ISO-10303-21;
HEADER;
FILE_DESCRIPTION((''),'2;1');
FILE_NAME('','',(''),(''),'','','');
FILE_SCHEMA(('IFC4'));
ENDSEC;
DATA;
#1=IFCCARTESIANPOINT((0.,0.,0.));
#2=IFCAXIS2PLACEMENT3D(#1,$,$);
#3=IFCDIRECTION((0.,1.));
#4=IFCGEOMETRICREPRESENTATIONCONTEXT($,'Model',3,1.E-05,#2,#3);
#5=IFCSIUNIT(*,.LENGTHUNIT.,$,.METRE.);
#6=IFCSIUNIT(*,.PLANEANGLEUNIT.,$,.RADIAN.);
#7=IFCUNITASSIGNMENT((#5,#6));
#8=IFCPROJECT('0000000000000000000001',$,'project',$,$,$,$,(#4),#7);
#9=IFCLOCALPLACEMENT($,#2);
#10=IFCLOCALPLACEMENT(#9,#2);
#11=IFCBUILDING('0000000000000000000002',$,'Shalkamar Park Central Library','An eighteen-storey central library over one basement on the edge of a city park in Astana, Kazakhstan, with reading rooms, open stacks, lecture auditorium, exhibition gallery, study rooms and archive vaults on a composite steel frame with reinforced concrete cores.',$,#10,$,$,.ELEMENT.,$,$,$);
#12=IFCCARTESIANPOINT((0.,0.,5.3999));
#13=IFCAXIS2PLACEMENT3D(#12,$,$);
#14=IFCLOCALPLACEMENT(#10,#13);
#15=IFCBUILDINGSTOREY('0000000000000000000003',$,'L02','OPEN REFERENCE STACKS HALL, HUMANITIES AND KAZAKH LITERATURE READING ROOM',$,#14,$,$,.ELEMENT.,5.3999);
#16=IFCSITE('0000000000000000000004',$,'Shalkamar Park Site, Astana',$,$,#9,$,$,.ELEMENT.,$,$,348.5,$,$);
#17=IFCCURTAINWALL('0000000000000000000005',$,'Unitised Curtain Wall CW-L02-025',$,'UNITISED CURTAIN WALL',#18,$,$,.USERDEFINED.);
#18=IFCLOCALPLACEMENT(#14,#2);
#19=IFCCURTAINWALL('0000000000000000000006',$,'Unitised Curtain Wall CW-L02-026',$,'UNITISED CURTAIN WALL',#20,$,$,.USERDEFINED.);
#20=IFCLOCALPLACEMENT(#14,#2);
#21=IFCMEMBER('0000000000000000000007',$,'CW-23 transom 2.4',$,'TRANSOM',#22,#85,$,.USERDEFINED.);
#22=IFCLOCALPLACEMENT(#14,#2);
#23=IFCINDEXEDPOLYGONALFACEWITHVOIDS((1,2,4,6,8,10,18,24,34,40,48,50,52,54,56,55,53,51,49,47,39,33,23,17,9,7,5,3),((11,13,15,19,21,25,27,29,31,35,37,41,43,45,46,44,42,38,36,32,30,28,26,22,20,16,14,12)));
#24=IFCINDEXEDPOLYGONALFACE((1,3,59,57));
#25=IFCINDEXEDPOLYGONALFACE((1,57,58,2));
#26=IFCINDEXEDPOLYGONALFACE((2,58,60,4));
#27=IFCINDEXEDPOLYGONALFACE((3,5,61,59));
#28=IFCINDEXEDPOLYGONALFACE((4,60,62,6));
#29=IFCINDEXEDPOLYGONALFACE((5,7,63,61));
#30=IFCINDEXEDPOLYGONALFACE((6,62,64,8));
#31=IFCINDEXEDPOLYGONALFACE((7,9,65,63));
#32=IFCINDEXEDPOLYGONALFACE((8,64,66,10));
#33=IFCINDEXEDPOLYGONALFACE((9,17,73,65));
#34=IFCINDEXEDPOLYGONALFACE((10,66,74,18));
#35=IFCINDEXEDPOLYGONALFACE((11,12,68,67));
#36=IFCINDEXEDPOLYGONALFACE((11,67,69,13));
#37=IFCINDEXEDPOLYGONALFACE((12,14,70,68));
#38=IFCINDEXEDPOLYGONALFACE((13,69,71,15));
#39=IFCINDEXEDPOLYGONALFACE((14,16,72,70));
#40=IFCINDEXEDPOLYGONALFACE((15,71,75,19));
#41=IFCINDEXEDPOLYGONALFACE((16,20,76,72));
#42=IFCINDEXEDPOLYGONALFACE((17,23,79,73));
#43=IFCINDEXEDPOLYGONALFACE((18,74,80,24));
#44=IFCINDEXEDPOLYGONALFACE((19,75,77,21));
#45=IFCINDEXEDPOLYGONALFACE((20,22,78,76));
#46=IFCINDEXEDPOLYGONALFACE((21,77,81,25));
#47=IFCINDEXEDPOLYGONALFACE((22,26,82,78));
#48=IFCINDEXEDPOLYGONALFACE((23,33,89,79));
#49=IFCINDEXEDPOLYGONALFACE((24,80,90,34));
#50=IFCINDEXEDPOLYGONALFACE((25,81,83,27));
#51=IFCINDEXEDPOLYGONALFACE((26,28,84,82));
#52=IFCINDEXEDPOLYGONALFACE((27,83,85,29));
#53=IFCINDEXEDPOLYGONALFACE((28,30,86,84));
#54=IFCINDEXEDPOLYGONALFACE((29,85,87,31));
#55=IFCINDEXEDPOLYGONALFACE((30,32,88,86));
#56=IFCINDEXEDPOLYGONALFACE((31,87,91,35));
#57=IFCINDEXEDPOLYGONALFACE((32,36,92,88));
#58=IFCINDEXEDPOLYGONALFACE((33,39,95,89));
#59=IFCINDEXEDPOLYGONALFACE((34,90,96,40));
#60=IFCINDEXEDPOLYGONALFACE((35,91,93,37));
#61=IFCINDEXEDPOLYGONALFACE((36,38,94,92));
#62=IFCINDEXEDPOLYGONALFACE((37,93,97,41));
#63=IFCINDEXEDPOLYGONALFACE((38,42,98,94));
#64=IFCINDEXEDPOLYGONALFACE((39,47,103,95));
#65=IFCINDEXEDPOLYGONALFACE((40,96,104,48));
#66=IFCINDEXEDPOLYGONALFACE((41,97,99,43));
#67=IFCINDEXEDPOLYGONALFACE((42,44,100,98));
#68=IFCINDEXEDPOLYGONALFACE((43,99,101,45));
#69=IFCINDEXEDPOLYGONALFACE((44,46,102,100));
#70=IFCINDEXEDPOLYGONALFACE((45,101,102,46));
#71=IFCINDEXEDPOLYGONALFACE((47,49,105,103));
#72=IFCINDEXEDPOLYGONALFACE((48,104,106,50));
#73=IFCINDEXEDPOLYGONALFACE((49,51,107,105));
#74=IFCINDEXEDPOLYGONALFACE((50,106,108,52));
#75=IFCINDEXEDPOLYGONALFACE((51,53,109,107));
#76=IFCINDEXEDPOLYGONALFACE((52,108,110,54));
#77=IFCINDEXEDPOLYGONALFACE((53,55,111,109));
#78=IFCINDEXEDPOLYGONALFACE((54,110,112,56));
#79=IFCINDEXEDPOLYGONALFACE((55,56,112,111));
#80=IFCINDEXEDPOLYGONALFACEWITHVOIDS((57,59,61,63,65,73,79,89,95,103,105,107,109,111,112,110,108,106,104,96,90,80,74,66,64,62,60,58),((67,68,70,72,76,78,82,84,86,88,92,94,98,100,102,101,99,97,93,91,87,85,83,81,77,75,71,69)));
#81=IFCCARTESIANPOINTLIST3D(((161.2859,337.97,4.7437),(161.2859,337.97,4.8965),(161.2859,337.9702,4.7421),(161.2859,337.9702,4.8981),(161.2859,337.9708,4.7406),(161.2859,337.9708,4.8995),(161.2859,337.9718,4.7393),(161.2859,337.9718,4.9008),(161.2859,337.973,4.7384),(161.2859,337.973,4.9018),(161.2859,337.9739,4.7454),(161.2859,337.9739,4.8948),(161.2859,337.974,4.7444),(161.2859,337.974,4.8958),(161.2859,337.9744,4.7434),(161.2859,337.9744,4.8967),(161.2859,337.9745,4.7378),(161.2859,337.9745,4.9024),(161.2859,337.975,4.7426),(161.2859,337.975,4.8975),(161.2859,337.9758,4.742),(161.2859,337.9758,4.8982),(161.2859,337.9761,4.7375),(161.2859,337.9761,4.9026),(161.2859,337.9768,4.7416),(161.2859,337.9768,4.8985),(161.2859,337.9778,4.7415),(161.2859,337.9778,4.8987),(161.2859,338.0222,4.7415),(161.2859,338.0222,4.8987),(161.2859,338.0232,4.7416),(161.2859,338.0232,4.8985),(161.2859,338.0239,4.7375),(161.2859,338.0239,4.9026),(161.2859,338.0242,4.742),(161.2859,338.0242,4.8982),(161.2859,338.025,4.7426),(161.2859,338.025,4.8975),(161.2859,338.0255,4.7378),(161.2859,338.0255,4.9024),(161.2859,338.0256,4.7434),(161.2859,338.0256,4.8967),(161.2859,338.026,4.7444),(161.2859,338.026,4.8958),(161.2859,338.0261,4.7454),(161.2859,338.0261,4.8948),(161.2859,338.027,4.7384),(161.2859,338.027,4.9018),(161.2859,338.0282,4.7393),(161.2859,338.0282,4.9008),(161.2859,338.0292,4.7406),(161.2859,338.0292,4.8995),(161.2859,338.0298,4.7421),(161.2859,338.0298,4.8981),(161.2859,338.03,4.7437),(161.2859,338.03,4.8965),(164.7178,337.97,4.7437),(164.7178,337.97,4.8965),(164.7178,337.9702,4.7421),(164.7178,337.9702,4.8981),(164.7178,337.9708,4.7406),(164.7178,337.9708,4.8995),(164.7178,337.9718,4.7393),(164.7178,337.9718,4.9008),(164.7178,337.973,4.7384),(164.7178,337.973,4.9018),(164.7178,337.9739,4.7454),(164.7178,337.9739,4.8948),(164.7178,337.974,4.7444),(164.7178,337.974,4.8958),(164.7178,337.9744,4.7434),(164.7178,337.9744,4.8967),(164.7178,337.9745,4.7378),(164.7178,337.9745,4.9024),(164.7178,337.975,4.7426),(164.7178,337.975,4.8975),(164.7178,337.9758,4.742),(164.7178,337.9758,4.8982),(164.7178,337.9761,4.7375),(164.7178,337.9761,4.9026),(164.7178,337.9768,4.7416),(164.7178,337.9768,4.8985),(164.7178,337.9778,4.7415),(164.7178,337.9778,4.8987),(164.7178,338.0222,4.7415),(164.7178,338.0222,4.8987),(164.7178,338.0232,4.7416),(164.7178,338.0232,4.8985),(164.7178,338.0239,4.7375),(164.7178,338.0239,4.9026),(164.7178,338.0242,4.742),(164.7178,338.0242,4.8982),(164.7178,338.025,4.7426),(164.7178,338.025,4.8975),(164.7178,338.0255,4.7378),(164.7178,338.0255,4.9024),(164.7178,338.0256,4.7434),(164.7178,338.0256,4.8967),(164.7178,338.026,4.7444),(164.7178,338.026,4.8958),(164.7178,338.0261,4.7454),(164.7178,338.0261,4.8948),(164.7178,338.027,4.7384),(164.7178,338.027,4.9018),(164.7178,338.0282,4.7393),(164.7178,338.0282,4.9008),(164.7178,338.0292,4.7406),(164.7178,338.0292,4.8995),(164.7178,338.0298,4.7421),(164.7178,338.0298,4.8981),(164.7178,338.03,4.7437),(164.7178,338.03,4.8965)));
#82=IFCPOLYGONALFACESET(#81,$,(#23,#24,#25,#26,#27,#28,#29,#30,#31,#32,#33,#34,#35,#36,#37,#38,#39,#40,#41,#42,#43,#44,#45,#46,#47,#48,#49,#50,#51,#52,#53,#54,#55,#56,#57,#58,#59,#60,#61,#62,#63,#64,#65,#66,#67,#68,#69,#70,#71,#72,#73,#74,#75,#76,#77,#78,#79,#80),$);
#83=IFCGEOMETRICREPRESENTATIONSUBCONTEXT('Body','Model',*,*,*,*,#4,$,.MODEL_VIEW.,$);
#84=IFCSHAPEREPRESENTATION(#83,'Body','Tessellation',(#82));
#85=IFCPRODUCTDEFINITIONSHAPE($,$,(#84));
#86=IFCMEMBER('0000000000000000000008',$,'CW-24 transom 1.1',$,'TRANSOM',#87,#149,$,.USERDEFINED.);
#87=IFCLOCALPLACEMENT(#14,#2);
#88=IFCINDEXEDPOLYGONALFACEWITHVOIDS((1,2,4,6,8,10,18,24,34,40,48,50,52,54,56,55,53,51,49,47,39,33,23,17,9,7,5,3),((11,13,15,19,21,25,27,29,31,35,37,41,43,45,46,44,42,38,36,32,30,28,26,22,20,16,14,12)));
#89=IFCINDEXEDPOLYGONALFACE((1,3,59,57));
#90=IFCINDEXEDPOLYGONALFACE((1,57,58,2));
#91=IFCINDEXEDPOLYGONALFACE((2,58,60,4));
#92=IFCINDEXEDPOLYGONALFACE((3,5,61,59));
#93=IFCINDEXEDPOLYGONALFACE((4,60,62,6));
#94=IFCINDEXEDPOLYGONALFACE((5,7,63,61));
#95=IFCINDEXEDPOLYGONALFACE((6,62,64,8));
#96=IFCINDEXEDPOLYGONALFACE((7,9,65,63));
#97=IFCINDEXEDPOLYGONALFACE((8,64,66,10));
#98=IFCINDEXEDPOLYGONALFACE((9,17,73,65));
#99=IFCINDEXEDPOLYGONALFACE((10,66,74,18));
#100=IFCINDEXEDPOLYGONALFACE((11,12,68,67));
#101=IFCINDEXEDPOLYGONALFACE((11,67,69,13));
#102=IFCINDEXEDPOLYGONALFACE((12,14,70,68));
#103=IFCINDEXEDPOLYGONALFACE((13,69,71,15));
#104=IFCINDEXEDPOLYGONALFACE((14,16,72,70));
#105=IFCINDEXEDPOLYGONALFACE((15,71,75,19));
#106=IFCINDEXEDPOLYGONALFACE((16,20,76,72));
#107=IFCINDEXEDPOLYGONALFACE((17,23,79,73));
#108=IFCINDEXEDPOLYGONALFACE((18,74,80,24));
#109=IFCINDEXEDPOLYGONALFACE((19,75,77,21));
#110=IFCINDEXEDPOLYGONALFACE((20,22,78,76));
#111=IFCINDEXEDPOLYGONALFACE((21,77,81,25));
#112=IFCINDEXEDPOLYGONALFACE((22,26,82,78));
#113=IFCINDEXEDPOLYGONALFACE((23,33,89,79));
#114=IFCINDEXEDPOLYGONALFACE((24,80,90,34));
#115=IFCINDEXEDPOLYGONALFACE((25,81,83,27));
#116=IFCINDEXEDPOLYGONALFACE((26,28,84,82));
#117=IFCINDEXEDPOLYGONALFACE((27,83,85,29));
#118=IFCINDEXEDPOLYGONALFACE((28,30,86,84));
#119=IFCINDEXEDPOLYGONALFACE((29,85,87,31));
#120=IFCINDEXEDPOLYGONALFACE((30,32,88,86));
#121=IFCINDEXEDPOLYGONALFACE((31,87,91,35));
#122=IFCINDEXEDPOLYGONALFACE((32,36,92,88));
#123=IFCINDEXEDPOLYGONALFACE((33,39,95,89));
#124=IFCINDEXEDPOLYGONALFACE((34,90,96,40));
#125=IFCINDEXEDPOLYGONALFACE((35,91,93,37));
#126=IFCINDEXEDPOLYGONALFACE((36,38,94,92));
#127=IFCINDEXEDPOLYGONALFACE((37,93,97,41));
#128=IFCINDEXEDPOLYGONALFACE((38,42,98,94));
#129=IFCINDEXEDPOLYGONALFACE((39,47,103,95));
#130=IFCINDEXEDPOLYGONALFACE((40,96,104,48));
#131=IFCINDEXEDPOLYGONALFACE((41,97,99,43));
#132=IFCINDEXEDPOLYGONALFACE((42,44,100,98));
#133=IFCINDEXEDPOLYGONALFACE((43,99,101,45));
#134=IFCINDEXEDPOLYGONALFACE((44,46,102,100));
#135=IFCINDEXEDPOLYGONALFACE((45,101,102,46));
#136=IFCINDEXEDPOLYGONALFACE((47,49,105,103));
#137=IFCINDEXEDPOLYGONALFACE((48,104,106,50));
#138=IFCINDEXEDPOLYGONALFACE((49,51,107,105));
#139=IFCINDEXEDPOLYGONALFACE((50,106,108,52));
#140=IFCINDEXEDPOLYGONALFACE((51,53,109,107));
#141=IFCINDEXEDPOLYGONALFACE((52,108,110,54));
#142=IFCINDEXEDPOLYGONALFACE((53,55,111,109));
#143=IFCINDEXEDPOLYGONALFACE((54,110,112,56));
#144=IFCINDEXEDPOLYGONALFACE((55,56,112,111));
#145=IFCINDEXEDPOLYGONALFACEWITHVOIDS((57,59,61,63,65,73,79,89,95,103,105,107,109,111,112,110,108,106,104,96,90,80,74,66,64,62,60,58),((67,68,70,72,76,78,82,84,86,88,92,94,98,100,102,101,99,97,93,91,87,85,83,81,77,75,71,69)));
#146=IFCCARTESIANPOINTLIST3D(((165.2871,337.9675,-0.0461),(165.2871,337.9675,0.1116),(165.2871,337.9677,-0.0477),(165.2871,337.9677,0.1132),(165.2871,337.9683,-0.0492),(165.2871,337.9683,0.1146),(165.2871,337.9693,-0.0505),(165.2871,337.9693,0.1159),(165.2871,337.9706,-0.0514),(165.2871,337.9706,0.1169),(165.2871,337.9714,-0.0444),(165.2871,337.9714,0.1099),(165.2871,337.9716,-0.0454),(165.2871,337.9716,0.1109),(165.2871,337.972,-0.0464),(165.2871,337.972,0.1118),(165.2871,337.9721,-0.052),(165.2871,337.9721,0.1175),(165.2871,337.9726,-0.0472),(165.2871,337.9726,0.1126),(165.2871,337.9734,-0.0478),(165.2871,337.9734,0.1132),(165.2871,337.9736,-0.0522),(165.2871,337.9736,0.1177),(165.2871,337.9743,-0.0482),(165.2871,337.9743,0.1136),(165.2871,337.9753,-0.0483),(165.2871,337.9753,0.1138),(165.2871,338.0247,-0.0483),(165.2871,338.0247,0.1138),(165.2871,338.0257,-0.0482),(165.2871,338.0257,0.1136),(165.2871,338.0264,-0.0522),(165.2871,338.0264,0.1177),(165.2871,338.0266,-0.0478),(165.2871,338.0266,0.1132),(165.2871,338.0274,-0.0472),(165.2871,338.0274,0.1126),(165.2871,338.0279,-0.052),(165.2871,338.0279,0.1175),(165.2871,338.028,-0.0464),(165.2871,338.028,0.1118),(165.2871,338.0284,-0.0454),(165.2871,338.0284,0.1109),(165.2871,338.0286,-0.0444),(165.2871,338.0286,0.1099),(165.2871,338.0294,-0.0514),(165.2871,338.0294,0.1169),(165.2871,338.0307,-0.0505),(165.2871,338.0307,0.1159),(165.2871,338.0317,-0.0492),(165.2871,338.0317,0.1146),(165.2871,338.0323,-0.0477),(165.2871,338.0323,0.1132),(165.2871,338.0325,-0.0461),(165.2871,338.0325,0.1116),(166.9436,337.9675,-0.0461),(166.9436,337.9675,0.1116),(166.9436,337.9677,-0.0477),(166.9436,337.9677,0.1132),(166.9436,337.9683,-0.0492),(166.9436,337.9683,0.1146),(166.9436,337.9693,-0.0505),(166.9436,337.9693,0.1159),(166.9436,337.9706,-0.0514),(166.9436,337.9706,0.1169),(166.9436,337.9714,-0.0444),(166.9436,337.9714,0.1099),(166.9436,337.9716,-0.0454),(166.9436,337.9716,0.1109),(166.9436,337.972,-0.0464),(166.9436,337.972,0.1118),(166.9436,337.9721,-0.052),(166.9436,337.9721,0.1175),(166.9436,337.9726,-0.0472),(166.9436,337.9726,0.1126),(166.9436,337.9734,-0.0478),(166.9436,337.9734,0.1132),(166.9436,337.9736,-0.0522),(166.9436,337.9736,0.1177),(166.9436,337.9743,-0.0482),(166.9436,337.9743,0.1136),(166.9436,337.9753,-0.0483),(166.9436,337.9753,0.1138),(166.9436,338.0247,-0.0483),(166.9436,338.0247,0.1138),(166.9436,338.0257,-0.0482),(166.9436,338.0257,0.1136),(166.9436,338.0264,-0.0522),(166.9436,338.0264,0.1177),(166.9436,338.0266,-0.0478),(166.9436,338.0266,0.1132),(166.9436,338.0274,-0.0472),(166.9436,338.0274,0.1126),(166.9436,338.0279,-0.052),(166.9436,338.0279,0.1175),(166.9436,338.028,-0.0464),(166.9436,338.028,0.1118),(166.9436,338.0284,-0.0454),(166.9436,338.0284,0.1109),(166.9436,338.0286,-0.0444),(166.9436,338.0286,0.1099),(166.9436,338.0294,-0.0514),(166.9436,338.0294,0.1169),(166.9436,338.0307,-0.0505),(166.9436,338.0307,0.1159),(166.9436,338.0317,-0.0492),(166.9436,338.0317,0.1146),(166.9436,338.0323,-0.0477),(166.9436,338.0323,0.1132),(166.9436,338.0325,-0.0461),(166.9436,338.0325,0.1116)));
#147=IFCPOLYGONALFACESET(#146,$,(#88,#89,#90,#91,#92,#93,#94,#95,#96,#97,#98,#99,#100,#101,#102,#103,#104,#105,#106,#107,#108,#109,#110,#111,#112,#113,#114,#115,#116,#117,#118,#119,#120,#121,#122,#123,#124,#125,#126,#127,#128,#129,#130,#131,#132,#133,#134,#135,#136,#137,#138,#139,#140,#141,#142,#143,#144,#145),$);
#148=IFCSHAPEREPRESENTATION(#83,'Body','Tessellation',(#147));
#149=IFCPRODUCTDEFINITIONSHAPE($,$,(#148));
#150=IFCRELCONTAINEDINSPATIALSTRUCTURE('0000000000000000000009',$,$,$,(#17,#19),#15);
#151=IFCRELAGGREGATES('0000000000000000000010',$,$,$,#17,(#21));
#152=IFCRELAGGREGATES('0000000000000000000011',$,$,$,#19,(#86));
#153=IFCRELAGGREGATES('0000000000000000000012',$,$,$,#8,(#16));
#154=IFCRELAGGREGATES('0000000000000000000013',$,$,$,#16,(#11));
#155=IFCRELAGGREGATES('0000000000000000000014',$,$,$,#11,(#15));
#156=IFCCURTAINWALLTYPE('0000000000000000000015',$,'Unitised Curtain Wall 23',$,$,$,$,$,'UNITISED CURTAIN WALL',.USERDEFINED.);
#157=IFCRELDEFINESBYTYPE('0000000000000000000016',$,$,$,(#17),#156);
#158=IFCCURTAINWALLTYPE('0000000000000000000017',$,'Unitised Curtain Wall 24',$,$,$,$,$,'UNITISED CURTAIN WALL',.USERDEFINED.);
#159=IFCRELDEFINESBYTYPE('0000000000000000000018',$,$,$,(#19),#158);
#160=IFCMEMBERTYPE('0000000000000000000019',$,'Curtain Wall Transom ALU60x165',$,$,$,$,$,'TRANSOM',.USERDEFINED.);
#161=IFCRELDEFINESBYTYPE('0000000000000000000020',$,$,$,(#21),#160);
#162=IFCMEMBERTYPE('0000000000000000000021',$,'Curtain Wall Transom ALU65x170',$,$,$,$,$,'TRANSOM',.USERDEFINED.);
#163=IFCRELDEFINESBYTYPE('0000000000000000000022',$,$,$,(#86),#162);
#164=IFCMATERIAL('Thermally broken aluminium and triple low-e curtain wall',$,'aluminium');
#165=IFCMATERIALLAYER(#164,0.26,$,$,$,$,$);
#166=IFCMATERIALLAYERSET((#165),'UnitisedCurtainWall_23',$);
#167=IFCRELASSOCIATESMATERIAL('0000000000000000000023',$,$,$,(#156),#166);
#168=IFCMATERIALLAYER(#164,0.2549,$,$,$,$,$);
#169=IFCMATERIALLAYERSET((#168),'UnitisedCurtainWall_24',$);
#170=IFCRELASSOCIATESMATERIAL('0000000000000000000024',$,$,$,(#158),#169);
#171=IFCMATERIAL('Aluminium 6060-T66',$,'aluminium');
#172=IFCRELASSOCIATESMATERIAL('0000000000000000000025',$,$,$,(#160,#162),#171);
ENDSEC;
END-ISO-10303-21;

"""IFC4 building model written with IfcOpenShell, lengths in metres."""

from ifc_helpers import new_model, si_unit, direction, frame, origin, origin_2d, place, context, subcontext, project, spatial, hollow_rectangle, extrude, material, layer, layer_set, material_profile, profile_set, type_object, element, aggregate, save


model = new_model("IFC4")

# Units and contexts
model_context = context("Model", 3, precision=1e-05, world=origin(), true_north=direction((0.0, 1.0)))
body_context = subcontext(model_context, "Body", "Model", "MODEL_VIEW")
ifc_project = project(units=[si_unit("LENGTHUNIT", "METRE"), si_unit("PLANEANGLEUNIT", "RADIAN")], contexts=[model_context])

# Site, building, storey
site_placement = place(None, origin())
site = spatial("IfcSite", under=ifc_project, at=site_placement, Name="Shalkamar Park Site, Astana", CompositionType="ELEMENT", RefElevation=348.5)
building_placement = place(site_placement, origin())
building = spatial("IfcBuilding", under=site, at=building_placement, Name="Shalkamar Park Central Library", Description="An eighteen-storey central library over one basement on the edge of a city park in Astana, Kazakhstan, with reading rooms, open stacks, lecture auditorium, exhibition gallery, study rooms and archive vaults on a composite steel frame with reinforced concrete cores.", CompositionType="ELEMENT")
storey_placement = place(building_placement, frame((0.0, 0.0, 5.3999)))
storey = spatial("IfcBuildingStorey", under=building, at=storey_placement, Name="L02", Description="OPEN REFERENCE STACKS HALL, HUMANITIES AND KAZAKH LITERATURE READING ROOM", CompositionType="ELEMENT", Elevation=5.3999)

# Curtain wall
ifc_material_1 = material(Name="Thermally broken aluminium and triple low-e curtain wall", Category="aluminium")
ifc_layer_1 = layer(ifc_material_1, 0.26)
ifc_layer_set_1 = layer_set([ifc_layer_1], Name="UnitisedCurtainWall_23")
curtain_wall_type_1 = type_object("IfcCurtainWallType", Name="Unitised Curtain Wall 23", ElementType="UNITISED CURTAIN WALL", PredefinedType="USERDEFINED", material=ifc_layer_set_1)
curtain_wall_1_placement = place(storey_placement, origin())
curtain_wall_1 = element("IfcCurtainWall", 1, at=curtain_wall_1_placement, inside=storey, type_object=curtain_wall_type_1, Name="Unitised Curtain Wall CW-L02-025", ObjectType="UNITISED CURTAIN WALL", PredefinedType="USERDEFINED")
ifc_material_2 = material(Name="Aluminium 6060-T66", Category="aluminium")

# Curtain wall
ifc_layer_2 = layer(ifc_material_1, 0.2549)
ifc_layer_set_2 = layer_set([ifc_layer_2], Name="UnitisedCurtainWall_24")
curtain_wall_type_2 = type_object("IfcCurtainWallType", Name="Unitised Curtain Wall 24", ElementType="UNITISED CURTAIN WALL", PredefinedType="USERDEFINED", material=ifc_layer_set_2)
curtain_wall_2_placement = place(storey_placement, origin())
curtain_wall_2 = element("IfcCurtainWall", 2, at=curtain_wall_2_placement, inside=storey, type_object=curtain_wall_type_2, Name="Unitised Curtain Wall CW-L02-026", ObjectType="UNITISED CURTAIN WALL", PredefinedType="USERDEFINED")

# Members
ifc_material_profile_1 = material_profile(ifc_material_2, hollow_rectangle(XDim=0.0601, YDim=0.165, WallThickness=0.0039, InnerFilletRadius=0.0039, OuterFilletRadius=0.0061, at=origin_2d()), Name="ALU 60x165x4")
ifc_profile_set_1 = profile_set([ifc_material_profile_1], Name="Aluminium 6060-T66")
member_type_1 = type_object("IfcMemberType", Name="Curtain Wall Transom ALU60x165", ElementType="TRANSOM", PredefinedType="USERDEFINED", material=ifc_profile_set_1)
member_1_placement = place(storey_placement, frame((161.2859, 338.0, 4.8201), z_axis=(1.0, 0.0, 0.0), x_axis=(0.0, 1.0, 0.0)))
member_1 = element("IfcMember", 3, at=member_1_placement, type_object=member_type_1, Name="CW-23 transom 2.4", ObjectType="TRANSOM", PredefinedType="USERDEFINED", context=body_context, shape_type="SweptSolid", body=[
    extrude(hollow_rectangle(XDim=0.0601, YDim=0.165, WallThickness=0.0039, InnerFilletRadius=0.0039, OuterFilletRadius=0.0061, at=origin_2d()), origin(), (0.0, 0.0, 1.0), 3.4319),
])
ifc_material_profile_2 = material_profile(ifc_material_2, hollow_rectangle(XDim=0.0649, YDim=0.1699, WallThickness=0.0039, InnerFilletRadius=0.0039, OuterFilletRadius=0.0061, at=origin_2d()), Name="ALU 65x170x4")
ifc_profile_set_2 = profile_set([ifc_material_profile_2], Name="Aluminium 6060-T66")
member_type_2 = type_object("IfcMemberType", Name="Curtain Wall Transom ALU65x170", ElementType="TRANSOM", PredefinedType="USERDEFINED", material=ifc_profile_set_2)
member_2_placement = place(storey_placement, frame((165.2871, 338.0, 0.0327), z_axis=(1.0, 0.0, 0.0), x_axis=(0.0, 1.0, 0.0)))
member_2 = element("IfcMember", 4, at=member_2_placement, type_object=member_type_2, Name="CW-24 transom 1.1", ObjectType="TRANSOM", PredefinedType="USERDEFINED", context=body_context, shape_type="SweptSolid", body=[
    extrude(hollow_rectangle(XDim=0.0649, YDim=0.1699, WallThickness=0.0039, InnerFilletRadius=0.0039, OuterFilletRadius=0.0061, at=origin_2d()), origin(), (0.0, 0.0, 1.0), 1.6565),
])

aggregate(curtain_wall_1, [member_1])
aggregate(curtain_wall_2, [member_2])

save(model, "model.ifc")
